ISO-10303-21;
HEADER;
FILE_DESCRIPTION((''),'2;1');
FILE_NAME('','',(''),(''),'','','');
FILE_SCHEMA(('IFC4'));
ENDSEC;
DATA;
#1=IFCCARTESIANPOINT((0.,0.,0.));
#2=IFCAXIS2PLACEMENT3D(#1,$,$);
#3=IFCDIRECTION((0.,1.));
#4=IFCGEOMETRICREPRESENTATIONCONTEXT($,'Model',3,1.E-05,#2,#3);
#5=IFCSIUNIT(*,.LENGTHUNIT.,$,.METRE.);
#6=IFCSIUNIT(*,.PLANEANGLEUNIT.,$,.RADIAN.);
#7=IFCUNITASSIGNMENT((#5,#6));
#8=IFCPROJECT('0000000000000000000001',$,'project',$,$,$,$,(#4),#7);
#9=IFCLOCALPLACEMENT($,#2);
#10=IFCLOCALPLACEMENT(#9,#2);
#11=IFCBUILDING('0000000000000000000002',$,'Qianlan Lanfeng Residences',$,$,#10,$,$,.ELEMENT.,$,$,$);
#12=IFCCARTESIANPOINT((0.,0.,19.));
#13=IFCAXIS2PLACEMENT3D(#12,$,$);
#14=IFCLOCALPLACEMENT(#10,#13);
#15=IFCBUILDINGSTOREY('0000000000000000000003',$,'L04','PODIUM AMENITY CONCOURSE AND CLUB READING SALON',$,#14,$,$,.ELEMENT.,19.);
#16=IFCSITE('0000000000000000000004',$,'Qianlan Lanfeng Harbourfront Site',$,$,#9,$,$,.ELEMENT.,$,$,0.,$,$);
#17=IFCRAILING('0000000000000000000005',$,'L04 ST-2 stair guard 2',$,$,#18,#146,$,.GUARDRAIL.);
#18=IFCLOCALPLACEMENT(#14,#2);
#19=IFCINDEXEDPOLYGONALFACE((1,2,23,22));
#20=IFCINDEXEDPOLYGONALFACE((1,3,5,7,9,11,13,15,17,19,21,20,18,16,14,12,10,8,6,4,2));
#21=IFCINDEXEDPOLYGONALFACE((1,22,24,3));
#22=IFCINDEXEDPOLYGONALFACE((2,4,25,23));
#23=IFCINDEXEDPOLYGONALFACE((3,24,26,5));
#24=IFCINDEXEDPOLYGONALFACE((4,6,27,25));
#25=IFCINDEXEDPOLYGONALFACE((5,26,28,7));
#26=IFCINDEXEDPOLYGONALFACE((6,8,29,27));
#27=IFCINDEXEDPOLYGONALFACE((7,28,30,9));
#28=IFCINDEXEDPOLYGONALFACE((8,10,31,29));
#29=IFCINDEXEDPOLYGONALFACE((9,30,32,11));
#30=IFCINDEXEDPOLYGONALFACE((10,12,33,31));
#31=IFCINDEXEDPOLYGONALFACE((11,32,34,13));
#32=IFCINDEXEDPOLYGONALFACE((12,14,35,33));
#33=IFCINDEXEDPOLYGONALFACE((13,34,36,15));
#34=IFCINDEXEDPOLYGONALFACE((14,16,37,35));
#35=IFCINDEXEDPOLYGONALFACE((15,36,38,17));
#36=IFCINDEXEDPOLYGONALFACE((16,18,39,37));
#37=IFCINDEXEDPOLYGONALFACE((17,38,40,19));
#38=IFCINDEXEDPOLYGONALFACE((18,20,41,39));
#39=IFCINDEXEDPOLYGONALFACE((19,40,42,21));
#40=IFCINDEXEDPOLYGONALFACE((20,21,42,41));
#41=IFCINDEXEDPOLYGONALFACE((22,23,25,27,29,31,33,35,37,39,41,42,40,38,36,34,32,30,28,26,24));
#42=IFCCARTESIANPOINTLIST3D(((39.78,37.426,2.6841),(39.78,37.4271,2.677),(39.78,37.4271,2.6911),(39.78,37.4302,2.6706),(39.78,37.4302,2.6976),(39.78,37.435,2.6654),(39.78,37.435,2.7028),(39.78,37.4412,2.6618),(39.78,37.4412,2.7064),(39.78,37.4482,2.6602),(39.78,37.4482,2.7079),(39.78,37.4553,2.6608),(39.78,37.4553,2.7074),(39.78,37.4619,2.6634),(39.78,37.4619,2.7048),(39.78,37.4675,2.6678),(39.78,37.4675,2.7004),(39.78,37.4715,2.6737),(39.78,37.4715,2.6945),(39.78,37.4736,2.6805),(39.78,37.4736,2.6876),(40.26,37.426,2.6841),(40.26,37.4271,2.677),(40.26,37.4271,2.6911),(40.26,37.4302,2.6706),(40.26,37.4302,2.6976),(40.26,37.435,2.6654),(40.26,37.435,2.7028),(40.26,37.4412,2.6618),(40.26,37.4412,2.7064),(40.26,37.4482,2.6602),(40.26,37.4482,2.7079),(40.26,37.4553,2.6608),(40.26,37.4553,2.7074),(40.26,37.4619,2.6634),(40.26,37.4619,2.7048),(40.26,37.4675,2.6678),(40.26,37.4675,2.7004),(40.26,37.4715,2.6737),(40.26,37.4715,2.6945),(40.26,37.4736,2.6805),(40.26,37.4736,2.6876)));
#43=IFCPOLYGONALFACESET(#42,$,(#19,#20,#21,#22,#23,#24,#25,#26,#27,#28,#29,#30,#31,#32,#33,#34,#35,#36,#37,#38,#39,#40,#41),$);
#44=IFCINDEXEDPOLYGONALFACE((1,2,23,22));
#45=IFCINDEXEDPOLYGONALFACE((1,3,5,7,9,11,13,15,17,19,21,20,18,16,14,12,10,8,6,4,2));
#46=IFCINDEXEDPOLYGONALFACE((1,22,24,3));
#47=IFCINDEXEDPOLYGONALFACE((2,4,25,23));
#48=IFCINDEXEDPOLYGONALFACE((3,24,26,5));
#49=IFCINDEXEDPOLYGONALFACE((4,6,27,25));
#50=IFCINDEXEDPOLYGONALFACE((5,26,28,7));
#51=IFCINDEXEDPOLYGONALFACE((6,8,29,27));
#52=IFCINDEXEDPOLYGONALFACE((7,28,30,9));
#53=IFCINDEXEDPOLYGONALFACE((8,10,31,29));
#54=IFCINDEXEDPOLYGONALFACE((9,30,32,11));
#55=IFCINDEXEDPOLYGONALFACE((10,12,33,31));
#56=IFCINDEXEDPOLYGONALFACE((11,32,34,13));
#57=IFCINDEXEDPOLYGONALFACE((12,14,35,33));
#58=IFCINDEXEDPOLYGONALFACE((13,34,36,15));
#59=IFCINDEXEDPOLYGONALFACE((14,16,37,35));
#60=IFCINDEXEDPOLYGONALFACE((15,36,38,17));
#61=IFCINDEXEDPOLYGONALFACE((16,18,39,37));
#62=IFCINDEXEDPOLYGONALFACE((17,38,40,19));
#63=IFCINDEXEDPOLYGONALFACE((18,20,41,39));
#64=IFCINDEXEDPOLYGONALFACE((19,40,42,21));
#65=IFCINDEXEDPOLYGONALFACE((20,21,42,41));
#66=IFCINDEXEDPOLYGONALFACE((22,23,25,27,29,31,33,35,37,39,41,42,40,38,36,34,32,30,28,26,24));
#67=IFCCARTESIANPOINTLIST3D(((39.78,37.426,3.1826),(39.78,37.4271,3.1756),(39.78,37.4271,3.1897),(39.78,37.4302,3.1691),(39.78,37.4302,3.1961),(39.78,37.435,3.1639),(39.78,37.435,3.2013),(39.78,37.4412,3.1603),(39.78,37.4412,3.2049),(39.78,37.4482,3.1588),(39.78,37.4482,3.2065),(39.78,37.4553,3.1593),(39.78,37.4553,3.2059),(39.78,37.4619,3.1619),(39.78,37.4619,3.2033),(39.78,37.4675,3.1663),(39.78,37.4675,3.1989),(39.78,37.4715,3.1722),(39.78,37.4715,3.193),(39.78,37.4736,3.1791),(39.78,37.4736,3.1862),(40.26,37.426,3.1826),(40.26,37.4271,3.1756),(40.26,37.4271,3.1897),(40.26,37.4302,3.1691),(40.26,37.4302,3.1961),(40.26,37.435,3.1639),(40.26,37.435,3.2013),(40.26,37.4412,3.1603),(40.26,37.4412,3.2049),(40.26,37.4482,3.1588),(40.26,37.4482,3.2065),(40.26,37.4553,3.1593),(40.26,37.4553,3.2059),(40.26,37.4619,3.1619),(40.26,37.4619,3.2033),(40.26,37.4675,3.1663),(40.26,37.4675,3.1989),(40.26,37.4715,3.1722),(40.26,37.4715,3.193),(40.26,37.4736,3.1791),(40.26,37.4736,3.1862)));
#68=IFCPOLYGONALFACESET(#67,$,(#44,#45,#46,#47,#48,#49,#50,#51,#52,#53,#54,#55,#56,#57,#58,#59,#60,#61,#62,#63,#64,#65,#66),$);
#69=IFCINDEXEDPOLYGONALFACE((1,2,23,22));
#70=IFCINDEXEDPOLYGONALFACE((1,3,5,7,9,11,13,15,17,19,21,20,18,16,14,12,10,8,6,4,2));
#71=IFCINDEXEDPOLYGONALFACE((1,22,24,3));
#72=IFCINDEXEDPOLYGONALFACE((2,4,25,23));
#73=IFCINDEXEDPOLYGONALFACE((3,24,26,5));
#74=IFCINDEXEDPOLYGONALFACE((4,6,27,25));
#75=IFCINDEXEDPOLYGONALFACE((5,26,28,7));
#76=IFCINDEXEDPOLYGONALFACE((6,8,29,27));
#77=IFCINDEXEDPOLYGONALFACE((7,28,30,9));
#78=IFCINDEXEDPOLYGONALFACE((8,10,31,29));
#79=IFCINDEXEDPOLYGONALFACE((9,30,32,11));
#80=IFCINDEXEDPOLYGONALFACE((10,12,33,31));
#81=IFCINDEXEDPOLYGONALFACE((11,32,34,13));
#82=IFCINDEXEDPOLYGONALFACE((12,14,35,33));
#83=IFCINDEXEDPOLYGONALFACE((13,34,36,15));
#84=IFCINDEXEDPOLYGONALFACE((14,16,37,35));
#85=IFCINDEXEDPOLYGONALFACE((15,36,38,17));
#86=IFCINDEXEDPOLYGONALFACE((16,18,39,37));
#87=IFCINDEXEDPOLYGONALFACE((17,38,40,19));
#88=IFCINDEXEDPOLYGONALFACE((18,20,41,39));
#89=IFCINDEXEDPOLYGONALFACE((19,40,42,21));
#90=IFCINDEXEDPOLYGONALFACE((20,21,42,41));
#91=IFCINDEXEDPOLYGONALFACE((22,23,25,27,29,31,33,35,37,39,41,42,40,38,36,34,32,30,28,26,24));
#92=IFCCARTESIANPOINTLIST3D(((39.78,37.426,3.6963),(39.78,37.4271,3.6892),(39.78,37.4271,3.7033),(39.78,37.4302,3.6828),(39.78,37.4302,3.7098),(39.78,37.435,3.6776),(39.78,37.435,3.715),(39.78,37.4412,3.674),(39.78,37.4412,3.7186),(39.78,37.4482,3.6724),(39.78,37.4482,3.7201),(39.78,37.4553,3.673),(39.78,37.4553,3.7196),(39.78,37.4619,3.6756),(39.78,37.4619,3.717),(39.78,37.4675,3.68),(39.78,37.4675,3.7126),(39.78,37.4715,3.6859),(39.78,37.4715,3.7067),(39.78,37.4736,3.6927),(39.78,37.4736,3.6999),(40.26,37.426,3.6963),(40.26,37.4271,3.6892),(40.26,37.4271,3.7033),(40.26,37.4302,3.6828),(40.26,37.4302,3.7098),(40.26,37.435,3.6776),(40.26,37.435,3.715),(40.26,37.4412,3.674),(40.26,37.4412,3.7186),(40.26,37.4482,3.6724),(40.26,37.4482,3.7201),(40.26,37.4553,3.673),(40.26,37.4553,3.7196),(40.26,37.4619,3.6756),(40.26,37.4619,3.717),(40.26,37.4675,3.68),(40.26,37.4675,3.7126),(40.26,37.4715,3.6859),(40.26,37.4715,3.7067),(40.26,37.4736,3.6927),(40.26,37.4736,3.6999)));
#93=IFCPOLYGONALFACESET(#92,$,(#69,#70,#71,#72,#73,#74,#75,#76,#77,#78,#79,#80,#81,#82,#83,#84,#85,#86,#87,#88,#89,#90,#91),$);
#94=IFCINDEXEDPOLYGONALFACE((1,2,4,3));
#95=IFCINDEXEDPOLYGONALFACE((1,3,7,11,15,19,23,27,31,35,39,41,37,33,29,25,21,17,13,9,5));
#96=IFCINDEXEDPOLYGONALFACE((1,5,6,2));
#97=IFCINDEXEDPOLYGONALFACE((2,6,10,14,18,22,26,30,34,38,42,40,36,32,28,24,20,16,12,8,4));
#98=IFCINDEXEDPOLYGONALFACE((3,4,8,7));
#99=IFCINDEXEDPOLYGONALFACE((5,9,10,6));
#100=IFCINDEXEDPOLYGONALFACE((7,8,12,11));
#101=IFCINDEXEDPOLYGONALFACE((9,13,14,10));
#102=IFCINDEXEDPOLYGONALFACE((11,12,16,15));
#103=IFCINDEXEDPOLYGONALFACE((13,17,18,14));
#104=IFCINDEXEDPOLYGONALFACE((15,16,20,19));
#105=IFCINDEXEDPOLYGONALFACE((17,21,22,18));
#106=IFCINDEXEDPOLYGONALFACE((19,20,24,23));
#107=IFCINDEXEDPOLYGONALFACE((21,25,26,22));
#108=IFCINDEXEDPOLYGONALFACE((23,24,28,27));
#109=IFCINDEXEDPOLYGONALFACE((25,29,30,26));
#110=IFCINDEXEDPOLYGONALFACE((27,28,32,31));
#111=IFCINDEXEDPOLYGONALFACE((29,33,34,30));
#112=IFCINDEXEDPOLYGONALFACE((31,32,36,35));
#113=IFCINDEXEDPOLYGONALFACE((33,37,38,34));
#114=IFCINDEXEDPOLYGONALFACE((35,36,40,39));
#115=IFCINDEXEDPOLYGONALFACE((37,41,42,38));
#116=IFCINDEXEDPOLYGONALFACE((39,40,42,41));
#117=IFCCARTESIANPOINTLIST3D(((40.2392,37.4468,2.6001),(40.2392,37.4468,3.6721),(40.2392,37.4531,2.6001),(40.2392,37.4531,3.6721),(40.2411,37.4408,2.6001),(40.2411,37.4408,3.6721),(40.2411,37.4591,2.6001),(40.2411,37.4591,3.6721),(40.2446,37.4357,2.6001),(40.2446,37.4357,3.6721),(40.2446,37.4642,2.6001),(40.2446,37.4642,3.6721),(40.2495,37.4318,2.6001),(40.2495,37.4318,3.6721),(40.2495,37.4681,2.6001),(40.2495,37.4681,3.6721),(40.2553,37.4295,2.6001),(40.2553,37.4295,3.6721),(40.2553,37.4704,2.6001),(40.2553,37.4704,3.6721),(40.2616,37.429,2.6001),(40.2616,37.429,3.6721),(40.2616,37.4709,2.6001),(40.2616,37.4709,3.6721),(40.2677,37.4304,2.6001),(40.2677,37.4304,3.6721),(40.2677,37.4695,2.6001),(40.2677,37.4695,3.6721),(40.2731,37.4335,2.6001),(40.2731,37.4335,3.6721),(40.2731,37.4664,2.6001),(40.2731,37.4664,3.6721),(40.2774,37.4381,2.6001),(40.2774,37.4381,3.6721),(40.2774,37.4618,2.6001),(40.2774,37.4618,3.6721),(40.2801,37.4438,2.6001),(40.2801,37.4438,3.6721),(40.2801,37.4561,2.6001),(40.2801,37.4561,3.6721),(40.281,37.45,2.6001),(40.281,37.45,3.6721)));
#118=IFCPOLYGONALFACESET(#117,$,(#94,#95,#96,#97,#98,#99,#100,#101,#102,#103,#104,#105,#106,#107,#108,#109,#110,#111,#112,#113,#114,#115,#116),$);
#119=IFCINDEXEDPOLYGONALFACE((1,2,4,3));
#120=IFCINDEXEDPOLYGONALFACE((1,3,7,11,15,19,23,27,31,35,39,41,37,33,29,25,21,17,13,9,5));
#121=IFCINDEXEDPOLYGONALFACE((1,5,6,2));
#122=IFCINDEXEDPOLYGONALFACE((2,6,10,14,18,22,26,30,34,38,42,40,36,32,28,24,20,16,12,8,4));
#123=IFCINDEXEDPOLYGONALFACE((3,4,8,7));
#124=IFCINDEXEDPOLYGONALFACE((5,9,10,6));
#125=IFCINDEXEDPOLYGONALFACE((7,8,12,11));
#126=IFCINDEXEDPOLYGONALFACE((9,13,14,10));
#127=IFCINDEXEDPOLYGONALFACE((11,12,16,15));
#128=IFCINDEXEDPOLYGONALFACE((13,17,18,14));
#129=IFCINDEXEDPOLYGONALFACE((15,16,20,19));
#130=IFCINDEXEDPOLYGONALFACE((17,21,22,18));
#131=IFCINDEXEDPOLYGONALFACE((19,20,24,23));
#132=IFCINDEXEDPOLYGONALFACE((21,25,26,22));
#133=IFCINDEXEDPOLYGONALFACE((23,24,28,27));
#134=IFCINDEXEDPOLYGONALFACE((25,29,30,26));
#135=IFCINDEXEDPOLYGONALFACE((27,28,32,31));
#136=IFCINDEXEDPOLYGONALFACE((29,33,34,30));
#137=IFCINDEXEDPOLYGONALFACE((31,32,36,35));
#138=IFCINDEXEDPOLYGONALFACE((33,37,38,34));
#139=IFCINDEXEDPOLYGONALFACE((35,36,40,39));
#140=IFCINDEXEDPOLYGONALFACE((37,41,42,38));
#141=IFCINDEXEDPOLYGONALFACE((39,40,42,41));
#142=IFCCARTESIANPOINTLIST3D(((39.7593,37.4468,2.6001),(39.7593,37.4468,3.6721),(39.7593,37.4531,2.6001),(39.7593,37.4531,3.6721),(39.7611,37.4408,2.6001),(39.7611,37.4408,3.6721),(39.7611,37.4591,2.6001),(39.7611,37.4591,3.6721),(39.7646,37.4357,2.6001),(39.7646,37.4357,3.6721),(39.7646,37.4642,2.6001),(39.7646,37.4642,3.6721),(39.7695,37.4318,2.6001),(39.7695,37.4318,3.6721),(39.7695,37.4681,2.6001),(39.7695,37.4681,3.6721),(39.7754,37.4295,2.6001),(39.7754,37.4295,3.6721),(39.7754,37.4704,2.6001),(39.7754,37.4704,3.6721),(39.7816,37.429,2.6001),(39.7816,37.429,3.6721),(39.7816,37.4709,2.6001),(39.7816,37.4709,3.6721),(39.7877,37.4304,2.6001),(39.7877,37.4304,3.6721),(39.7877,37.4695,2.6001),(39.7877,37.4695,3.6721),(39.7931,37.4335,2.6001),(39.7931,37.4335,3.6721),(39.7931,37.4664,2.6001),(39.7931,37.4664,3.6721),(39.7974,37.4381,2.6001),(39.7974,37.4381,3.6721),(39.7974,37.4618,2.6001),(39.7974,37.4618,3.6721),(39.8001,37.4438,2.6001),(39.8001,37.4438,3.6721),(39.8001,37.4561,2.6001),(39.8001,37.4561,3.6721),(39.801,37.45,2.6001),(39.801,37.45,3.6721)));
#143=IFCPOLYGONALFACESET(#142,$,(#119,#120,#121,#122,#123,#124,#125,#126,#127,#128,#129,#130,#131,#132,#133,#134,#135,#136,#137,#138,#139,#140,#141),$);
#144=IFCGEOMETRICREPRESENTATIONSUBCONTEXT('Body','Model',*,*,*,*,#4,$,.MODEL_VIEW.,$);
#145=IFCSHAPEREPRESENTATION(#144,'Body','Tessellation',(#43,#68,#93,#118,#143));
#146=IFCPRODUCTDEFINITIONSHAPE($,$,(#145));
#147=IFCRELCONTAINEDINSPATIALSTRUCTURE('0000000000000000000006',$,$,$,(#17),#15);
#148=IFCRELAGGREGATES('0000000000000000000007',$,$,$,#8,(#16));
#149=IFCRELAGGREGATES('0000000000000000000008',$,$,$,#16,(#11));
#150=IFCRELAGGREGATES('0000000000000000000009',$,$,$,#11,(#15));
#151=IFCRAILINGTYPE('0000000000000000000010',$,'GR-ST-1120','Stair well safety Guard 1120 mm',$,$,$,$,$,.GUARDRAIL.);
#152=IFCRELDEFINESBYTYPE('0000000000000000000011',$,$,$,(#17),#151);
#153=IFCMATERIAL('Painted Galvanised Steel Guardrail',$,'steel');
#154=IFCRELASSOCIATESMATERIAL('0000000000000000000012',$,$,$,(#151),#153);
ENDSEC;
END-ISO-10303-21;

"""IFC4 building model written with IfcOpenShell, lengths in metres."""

from ifc_helpers import new_model, si_unit, direction, frame, origin, origin_2d, place, context, subcontext, project, spatial, circle, extrude, material, type_object, element, save


model = new_model("IFC4")

# Units and contexts
model_context = context("Model", 3, precision=1e-05, world=origin(), true_north=direction((0.0, 1.0)))
body_context = subcontext(model_context, "Body", "Model", "MODEL_VIEW")
ifc_project = project(units=[si_unit("LENGTHUNIT", "METRE"), si_unit("PLANEANGLEUNIT", "RADIAN")], contexts=[model_context])

# Site, building, storey
site_placement = place(None, origin())
site = spatial("IfcSite", under=ifc_project, at=site_placement, Name="Qianlan Lanfeng Harbourfront Site", CompositionType="ELEMENT", RefElevation=0.0)
building_placement = place(site_placement, origin())
building = spatial("IfcBuilding", under=site, at=building_placement, Name="Qianlan Lanfeng Residences", CompositionType="ELEMENT")
storey_placement = place(building_placement, frame((0.0, 0.0, 19.0)))
storey = spatial("IfcBuildingStorey", under=building, at=storey_placement, Name="L04", Description="PODIUM AMENITY CONCOURSE AND CLUB READING SALON", CompositionType="ELEMENT", Elevation=19.0)

# Railing
ifc_material_1 = material(Name="Painted Galvanised Steel Guardrail", Category="steel")
railing_type_1 = type_object("IfcRailingType", Name="GR-ST-1120", Description="Stair well safety Guard 1120 mm", PredefinedType="GUARDRAIL", material=ifc_material_1)
railing_1_placement = place(storey_placement, frame((40.26, 37.45, 2.6001)))
element("IfcRailing", 1, at=railing_1_placement, inside=storey, type_object=railing_type_1, Name="L04 ST-2 stair guard 2", PredefinedType="GUARDRAIL", context=body_context, shape_type="SweptSolid", body=[
    extrude(circle(Radius=0.0239, at=origin_2d()), frame((0.0, 0.0, 0.084), z_axis=(-1.0, 0.0, 0.0), x_axis=(0.0, -1.0, 0.0)), (0.0, 0.0, 1.0), 0.48),
    extrude(circle(Radius=0.0239, at=origin_2d()), frame((0.0, 0.0, 0.5825), z_axis=(-1.0, 0.0, 0.0), x_axis=(0.0, -1.0, 0.0)), (0.0, 0.0, 1.0), 0.48),
    extrude(circle(Radius=0.0239, at=origin_2d()), frame((0.0, 0.0, 1.0962), z_axis=(-1.0, 0.0, 0.0), x_axis=(0.0, -1.0, 0.0)), (0.0, 0.0, 1.0), 0.48),
    extrude(circle(Radius=0.021, at=origin_2d()), origin(), (0.0, 0.0, 1.0), 1.072),
    extrude(circle(Radius=0.021, at=origin_2d()), frame((-0.48, 0.0, 0.0)), (0.0, 0.0, 1.0), 1.072),
])

save(model, "model.ifc")
